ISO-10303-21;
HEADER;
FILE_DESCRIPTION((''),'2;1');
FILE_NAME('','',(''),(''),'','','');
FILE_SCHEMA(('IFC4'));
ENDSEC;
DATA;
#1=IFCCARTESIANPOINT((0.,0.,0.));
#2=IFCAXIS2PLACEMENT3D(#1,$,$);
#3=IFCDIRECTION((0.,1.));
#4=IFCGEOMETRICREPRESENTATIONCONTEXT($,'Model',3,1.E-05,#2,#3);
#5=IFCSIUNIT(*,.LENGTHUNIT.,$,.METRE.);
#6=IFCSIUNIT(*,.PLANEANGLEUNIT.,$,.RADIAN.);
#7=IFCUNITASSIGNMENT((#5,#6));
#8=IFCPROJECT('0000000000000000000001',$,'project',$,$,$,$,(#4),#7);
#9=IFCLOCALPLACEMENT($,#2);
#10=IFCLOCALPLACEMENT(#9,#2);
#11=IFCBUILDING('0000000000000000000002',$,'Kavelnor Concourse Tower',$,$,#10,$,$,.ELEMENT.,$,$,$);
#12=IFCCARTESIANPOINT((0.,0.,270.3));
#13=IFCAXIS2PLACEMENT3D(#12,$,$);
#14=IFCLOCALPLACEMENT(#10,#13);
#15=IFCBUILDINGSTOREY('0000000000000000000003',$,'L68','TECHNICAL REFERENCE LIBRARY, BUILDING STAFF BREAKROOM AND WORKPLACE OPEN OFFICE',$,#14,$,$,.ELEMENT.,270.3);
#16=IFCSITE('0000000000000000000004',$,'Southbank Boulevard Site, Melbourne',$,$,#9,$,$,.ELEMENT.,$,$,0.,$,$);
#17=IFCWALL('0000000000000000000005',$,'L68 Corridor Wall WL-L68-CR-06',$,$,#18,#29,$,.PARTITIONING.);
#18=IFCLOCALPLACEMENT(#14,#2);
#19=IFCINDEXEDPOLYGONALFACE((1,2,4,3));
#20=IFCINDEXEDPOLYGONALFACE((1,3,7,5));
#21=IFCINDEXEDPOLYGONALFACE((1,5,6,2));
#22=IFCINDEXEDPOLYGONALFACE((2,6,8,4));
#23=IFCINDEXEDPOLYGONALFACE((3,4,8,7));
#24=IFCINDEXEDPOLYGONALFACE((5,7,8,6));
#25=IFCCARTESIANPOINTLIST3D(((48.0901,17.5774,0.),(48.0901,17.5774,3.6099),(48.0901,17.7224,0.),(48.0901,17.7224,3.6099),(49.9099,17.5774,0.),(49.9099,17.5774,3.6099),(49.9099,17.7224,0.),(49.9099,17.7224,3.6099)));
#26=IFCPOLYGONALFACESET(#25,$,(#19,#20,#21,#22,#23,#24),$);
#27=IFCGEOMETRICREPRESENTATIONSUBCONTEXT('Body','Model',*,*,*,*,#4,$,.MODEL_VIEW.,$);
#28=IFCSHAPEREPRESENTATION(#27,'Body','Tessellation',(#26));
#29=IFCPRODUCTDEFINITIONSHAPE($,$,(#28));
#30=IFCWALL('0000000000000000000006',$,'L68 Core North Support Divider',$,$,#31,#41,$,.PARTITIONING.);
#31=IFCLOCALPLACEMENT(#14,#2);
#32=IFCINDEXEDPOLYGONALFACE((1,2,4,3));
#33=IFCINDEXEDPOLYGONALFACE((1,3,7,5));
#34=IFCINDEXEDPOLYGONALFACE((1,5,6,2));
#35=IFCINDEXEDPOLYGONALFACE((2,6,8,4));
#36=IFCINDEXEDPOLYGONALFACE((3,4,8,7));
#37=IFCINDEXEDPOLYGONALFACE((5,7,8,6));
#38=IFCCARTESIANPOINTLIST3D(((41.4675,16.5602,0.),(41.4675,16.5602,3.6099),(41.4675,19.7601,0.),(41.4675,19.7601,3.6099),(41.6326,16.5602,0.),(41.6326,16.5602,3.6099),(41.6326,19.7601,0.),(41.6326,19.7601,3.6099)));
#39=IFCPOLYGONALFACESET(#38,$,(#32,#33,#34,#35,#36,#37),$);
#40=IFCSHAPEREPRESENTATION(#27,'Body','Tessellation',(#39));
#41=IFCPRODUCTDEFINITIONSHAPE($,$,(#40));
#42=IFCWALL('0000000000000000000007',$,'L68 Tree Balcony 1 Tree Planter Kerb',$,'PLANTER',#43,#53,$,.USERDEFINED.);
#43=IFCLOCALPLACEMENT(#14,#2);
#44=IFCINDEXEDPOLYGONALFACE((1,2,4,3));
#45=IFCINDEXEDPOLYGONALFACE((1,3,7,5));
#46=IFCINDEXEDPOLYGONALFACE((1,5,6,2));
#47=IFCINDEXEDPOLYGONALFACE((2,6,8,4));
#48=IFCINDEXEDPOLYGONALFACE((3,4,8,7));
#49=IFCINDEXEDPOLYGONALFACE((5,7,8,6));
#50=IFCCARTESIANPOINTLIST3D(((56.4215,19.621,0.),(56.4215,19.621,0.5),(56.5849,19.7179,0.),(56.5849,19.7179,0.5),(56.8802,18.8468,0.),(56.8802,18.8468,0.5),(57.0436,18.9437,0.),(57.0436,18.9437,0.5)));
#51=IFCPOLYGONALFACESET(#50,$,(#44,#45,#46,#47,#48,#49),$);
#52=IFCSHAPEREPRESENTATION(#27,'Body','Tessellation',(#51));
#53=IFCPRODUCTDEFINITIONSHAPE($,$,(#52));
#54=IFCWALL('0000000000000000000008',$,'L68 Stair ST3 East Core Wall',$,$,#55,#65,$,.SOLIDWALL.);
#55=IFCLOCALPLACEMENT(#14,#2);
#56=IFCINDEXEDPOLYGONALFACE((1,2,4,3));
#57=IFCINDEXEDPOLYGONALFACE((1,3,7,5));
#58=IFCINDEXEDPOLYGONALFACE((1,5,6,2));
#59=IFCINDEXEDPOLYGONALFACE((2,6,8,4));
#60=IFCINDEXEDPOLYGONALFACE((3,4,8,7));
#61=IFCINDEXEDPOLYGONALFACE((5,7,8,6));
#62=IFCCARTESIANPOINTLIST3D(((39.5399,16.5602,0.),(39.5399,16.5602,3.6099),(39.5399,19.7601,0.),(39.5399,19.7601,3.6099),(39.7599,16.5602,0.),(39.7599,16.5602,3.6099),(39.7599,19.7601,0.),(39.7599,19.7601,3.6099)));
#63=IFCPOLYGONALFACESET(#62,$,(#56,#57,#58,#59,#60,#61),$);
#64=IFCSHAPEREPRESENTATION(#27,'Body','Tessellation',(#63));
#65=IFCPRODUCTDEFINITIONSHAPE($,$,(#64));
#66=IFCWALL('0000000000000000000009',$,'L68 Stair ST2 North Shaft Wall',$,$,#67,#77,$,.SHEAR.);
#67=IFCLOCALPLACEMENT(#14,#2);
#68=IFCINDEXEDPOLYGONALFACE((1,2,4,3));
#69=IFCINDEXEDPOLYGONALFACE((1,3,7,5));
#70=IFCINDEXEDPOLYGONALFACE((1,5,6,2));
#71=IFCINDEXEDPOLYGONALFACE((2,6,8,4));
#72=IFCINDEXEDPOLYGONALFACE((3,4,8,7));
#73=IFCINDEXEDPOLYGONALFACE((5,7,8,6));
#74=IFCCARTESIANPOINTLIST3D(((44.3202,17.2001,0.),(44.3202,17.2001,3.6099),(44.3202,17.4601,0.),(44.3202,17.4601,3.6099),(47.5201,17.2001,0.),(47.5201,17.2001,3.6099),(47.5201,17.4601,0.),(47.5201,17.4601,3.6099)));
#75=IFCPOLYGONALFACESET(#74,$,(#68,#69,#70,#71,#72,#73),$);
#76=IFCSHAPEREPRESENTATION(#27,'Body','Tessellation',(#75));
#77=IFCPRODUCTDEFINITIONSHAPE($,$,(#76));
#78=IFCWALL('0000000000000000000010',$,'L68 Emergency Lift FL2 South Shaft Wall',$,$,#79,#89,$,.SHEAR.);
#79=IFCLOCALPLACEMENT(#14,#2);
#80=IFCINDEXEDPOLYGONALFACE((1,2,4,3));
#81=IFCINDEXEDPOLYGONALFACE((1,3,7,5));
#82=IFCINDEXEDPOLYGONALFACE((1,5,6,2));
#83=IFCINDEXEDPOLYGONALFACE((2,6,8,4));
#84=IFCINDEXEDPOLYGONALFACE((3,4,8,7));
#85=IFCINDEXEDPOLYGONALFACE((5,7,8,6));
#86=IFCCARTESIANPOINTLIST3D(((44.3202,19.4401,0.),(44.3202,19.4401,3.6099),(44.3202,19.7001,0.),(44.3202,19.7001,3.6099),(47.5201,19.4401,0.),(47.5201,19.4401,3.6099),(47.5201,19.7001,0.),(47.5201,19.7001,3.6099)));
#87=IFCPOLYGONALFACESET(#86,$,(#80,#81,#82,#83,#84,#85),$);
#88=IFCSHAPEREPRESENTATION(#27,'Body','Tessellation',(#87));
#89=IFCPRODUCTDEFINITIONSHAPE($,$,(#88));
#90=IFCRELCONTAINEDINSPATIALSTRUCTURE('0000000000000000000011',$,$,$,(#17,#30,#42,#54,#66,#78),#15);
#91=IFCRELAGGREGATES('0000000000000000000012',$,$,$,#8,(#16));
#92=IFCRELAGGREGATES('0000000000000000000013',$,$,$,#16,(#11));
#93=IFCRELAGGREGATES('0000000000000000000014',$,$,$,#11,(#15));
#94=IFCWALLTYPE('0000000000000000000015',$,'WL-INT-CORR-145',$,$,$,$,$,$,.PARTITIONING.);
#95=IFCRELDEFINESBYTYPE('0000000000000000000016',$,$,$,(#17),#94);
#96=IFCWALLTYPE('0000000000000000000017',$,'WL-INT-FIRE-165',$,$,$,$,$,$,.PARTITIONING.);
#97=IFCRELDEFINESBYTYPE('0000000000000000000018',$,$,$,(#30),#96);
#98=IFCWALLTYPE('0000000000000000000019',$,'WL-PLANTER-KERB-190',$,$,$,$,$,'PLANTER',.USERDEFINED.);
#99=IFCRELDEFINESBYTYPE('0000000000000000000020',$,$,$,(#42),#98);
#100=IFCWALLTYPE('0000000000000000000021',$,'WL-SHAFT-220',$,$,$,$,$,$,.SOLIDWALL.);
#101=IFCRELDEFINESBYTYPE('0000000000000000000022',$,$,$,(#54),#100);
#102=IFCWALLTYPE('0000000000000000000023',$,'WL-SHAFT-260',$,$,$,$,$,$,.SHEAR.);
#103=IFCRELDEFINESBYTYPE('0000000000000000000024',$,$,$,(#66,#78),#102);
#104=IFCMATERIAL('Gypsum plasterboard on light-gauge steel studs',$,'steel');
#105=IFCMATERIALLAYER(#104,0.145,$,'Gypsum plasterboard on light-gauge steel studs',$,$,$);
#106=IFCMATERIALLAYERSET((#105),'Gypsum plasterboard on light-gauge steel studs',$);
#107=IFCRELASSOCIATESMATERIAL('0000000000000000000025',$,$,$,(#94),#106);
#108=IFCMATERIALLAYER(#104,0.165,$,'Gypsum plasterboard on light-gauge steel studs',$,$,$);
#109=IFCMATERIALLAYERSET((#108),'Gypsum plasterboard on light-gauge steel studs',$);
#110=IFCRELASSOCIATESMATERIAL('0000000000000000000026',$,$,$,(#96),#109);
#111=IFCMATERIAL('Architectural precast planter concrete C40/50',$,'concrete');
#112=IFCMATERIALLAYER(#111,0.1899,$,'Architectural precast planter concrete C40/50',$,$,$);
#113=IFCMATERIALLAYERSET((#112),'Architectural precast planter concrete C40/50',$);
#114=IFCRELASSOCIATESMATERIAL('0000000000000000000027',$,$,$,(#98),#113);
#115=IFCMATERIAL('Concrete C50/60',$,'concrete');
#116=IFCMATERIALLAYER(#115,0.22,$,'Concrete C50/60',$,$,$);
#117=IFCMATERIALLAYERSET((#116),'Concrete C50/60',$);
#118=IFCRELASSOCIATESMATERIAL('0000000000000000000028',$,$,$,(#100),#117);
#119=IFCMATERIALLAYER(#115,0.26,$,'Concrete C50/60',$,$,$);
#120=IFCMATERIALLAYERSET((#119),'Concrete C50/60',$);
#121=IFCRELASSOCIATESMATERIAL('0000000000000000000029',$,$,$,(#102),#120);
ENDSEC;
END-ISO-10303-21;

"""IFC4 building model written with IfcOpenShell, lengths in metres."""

from ifc_helpers import new_model, si_unit, direction, frame, frame_2d, origin, place, context, subcontext, project, spatial, rectangle, extrude, material, layer, layer_set, type_object, element, save


model = new_model("IFC4")

# Units and contexts
model_context = context("Model", 3, precision=1e-05, world=origin(), true_north=direction((0.0, 1.0)))
body_context = subcontext(model_context, "Body", "Model", "MODEL_VIEW")
ifc_project = project(units=[si_unit("LENGTHUNIT", "METRE"), si_unit("PLANEANGLEUNIT", "RADIAN")], contexts=[model_context])

# Site, building, storey
site_placement = place(None, origin())
site = spatial("IfcSite", under=ifc_project, at=site_placement, Name="Southbank Boulevard Site, Melbourne", CompositionType="ELEMENT", RefElevation=0.0)
building_placement = place(site_placement, origin())
building = spatial("IfcBuilding", under=site, at=building_placement, Name="Kavelnor Concourse Tower", CompositionType="ELEMENT")
storey_placement = place(building_placement, frame((0.0, 0.0, 270.3)))
storey = spatial("IfcBuildingStorey", under=building, at=storey_placement, Name="L68", Description="TECHNICAL REFERENCE LIBRARY, BUILDING STAFF BREAKROOM AND WORKPLACE OPEN OFFICE", CompositionType="ELEMENT", Elevation=270.3)

# Shared definitions
ifc_material_1 = material(Name="Gypsum plasterboard on light-gauge steel studs", Category="steel")
ifc_layer_1 = layer(ifc_material_1, 0.145, Name="Gypsum plasterboard on light-gauge steel studs")
ifc_layer_set_1 = layer_set([ifc_layer_1], Name="Gypsum plasterboard on light-gauge steel studs")
wall_type_1 = type_object("IfcWallType", Name="WL-INT-CORR-145", PredefinedType="PARTITIONING", material=ifc_layer_set_1)

# Walls
wall_1_placement = place(storey_placement, frame((49.9099, 17.6499, 0.0), z_axis=(0.0, 0.0, 1.0), x_axis=(-1.0, 0.0, 0.0)))
element("IfcWall", 1, at=wall_1_placement, inside=storey, type_object=wall_type_1, Name="L68 Corridor Wall WL-L68-CR-06", PredefinedType="PARTITIONING", context=body_context, shape_type="SweptSolid", body=[
    extrude(rectangle(XDim=1.8198, YDim=0.145, at=frame_2d((0.9099, 0.0))), origin(), (0.0, 0.0, 1.0), 3.6099),
])
ifc_layer_2 = layer(ifc_material_1, 0.165, Name="Gypsum plasterboard on light-gauge steel studs")
ifc_layer_set_2 = layer_set([ifc_layer_2], Name="Gypsum plasterboard on light-gauge steel studs")
wall_type_2 = type_object("IfcWallType", Name="WL-INT-FIRE-165", PredefinedType="PARTITIONING", material=ifc_layer_set_2)
wall_2_placement = place(storey_placement, frame((41.55, 16.5601, 0.0), z_axis=(0.0, 0.0, 1.0), x_axis=(0.0, 1.0, 0.0)))
element("IfcWall", 2, at=wall_2_placement, inside=storey, type_object=wall_type_2, Name="L68 Core North Support Divider", PredefinedType="PARTITIONING", context=body_context, shape_type="SweptSolid", body=[
    extrude(rectangle(XDim=3.2, YDim=0.165, at=frame_2d((1.6001, 0.0))), origin(), (0.0, 0.0, 1.0), 3.6099),
])
ifc_material_2 = material(Name="Architectural precast planter concrete C40/50", Category="concrete")
ifc_layer_3 = layer(ifc_material_2, 0.1899, Name="Architectural precast planter concrete C40/50")
ifc_layer_set_3 = layer_set([ifc_layer_3], Name="Architectural precast planter concrete C40/50")
wall_type_3 = type_object("IfcWallType", Name="WL-PLANTER-KERB-190", ElementType="PLANTER", PredefinedType="USERDEFINED", material=ifc_layer_set_3)
wall_3_placement = place(storey_placement, frame((56.9619, 18.8953, 0.0), z_axis=(0.0, 0.0, 1.0), x_axis=(-0.50978, 0.860305, 0.0)))
element("IfcWall", 3, at=wall_3_placement, inside=storey, type_object=wall_type_3, Name="L68 Tree Balcony 1 Tree Planter Kerb", ObjectType="PLANTER", PredefinedType="USERDEFINED", context=body_context, shape_type="SweptSolid", body=[
    extrude(rectangle(XDim=0.8999, YDim=0.1899, at=frame_2d((0.45, 0.0))), origin(), (0.0, 0.0, 1.0), 0.5),
])
ifc_material_3 = material(Name="Concrete C50/60", Category="concrete")
ifc_layer_4 = layer(ifc_material_3, 0.22, Name="Concrete C50/60")
ifc_layer_set_4 = layer_set([ifc_layer_4], Name="Concrete C50/60")
wall_type_4 = type_object("IfcWallType", Name="WL-SHAFT-220", PredefinedType="SOLIDWALL", material=ifc_layer_set_4)
wall_4_placement = place(storey_placement, frame((39.6499, 16.5601, 0.0), z_axis=(0.0, 0.0, 1.0), x_axis=(0.0, 1.0, 0.0)))
element("IfcWall", 4, at=wall_4_placement, inside=storey, type_object=wall_type_4, Name="L68 Stair ST3 East Core Wall", PredefinedType="SOLIDWALL", context=body_context, shape_type="SweptSolid", body=[
    extrude(rectangle(XDim=3.2, YDim=0.22, at=frame_2d((1.6001, 0.0))), origin(), (0.0, 0.0, 1.0), 3.6099),
])
ifc_layer_5 = layer(ifc_material_3, 0.26, Name="Concrete C50/60")
ifc_layer_set_5 = layer_set([ifc_layer_5], Name="Concrete C50/60")
wall_type_5 = type_object("IfcWallType", Name="WL-SHAFT-260", PredefinedType="SHEAR", material=ifc_layer_set_5)
for number, where, z_axis, x_axis, name in (
    (5, (44.3201, 17.3301, 0.0), (0.0, 0.0, 1.0), (1.0, 0.0, 0.0), "L68 Stair ST2 North Shaft Wall"),
    (6, (44.3201, 19.5701, 0.0), (0.0, 0.0, 1.0), (1.0, 0.0, 0.0), "L68 Emergency Lift FL2 South Shaft Wall"),
):
    element("IfcWall", number, at=place(storey_placement, frame(where, z_axis=z_axis, x_axis=x_axis)), inside=storey, type_object=wall_type_5, Name=name, PredefinedType="SHEAR", context=body_context, shape_type="SweptSolid", body=[
        extrude(rectangle(XDim=3.2, YDim=0.26, at=frame_2d((1.6001, 0.0))), origin(), (0.0, 0.0, 1.0), 3.6099),
    ])

save(model, "model.ifc")
